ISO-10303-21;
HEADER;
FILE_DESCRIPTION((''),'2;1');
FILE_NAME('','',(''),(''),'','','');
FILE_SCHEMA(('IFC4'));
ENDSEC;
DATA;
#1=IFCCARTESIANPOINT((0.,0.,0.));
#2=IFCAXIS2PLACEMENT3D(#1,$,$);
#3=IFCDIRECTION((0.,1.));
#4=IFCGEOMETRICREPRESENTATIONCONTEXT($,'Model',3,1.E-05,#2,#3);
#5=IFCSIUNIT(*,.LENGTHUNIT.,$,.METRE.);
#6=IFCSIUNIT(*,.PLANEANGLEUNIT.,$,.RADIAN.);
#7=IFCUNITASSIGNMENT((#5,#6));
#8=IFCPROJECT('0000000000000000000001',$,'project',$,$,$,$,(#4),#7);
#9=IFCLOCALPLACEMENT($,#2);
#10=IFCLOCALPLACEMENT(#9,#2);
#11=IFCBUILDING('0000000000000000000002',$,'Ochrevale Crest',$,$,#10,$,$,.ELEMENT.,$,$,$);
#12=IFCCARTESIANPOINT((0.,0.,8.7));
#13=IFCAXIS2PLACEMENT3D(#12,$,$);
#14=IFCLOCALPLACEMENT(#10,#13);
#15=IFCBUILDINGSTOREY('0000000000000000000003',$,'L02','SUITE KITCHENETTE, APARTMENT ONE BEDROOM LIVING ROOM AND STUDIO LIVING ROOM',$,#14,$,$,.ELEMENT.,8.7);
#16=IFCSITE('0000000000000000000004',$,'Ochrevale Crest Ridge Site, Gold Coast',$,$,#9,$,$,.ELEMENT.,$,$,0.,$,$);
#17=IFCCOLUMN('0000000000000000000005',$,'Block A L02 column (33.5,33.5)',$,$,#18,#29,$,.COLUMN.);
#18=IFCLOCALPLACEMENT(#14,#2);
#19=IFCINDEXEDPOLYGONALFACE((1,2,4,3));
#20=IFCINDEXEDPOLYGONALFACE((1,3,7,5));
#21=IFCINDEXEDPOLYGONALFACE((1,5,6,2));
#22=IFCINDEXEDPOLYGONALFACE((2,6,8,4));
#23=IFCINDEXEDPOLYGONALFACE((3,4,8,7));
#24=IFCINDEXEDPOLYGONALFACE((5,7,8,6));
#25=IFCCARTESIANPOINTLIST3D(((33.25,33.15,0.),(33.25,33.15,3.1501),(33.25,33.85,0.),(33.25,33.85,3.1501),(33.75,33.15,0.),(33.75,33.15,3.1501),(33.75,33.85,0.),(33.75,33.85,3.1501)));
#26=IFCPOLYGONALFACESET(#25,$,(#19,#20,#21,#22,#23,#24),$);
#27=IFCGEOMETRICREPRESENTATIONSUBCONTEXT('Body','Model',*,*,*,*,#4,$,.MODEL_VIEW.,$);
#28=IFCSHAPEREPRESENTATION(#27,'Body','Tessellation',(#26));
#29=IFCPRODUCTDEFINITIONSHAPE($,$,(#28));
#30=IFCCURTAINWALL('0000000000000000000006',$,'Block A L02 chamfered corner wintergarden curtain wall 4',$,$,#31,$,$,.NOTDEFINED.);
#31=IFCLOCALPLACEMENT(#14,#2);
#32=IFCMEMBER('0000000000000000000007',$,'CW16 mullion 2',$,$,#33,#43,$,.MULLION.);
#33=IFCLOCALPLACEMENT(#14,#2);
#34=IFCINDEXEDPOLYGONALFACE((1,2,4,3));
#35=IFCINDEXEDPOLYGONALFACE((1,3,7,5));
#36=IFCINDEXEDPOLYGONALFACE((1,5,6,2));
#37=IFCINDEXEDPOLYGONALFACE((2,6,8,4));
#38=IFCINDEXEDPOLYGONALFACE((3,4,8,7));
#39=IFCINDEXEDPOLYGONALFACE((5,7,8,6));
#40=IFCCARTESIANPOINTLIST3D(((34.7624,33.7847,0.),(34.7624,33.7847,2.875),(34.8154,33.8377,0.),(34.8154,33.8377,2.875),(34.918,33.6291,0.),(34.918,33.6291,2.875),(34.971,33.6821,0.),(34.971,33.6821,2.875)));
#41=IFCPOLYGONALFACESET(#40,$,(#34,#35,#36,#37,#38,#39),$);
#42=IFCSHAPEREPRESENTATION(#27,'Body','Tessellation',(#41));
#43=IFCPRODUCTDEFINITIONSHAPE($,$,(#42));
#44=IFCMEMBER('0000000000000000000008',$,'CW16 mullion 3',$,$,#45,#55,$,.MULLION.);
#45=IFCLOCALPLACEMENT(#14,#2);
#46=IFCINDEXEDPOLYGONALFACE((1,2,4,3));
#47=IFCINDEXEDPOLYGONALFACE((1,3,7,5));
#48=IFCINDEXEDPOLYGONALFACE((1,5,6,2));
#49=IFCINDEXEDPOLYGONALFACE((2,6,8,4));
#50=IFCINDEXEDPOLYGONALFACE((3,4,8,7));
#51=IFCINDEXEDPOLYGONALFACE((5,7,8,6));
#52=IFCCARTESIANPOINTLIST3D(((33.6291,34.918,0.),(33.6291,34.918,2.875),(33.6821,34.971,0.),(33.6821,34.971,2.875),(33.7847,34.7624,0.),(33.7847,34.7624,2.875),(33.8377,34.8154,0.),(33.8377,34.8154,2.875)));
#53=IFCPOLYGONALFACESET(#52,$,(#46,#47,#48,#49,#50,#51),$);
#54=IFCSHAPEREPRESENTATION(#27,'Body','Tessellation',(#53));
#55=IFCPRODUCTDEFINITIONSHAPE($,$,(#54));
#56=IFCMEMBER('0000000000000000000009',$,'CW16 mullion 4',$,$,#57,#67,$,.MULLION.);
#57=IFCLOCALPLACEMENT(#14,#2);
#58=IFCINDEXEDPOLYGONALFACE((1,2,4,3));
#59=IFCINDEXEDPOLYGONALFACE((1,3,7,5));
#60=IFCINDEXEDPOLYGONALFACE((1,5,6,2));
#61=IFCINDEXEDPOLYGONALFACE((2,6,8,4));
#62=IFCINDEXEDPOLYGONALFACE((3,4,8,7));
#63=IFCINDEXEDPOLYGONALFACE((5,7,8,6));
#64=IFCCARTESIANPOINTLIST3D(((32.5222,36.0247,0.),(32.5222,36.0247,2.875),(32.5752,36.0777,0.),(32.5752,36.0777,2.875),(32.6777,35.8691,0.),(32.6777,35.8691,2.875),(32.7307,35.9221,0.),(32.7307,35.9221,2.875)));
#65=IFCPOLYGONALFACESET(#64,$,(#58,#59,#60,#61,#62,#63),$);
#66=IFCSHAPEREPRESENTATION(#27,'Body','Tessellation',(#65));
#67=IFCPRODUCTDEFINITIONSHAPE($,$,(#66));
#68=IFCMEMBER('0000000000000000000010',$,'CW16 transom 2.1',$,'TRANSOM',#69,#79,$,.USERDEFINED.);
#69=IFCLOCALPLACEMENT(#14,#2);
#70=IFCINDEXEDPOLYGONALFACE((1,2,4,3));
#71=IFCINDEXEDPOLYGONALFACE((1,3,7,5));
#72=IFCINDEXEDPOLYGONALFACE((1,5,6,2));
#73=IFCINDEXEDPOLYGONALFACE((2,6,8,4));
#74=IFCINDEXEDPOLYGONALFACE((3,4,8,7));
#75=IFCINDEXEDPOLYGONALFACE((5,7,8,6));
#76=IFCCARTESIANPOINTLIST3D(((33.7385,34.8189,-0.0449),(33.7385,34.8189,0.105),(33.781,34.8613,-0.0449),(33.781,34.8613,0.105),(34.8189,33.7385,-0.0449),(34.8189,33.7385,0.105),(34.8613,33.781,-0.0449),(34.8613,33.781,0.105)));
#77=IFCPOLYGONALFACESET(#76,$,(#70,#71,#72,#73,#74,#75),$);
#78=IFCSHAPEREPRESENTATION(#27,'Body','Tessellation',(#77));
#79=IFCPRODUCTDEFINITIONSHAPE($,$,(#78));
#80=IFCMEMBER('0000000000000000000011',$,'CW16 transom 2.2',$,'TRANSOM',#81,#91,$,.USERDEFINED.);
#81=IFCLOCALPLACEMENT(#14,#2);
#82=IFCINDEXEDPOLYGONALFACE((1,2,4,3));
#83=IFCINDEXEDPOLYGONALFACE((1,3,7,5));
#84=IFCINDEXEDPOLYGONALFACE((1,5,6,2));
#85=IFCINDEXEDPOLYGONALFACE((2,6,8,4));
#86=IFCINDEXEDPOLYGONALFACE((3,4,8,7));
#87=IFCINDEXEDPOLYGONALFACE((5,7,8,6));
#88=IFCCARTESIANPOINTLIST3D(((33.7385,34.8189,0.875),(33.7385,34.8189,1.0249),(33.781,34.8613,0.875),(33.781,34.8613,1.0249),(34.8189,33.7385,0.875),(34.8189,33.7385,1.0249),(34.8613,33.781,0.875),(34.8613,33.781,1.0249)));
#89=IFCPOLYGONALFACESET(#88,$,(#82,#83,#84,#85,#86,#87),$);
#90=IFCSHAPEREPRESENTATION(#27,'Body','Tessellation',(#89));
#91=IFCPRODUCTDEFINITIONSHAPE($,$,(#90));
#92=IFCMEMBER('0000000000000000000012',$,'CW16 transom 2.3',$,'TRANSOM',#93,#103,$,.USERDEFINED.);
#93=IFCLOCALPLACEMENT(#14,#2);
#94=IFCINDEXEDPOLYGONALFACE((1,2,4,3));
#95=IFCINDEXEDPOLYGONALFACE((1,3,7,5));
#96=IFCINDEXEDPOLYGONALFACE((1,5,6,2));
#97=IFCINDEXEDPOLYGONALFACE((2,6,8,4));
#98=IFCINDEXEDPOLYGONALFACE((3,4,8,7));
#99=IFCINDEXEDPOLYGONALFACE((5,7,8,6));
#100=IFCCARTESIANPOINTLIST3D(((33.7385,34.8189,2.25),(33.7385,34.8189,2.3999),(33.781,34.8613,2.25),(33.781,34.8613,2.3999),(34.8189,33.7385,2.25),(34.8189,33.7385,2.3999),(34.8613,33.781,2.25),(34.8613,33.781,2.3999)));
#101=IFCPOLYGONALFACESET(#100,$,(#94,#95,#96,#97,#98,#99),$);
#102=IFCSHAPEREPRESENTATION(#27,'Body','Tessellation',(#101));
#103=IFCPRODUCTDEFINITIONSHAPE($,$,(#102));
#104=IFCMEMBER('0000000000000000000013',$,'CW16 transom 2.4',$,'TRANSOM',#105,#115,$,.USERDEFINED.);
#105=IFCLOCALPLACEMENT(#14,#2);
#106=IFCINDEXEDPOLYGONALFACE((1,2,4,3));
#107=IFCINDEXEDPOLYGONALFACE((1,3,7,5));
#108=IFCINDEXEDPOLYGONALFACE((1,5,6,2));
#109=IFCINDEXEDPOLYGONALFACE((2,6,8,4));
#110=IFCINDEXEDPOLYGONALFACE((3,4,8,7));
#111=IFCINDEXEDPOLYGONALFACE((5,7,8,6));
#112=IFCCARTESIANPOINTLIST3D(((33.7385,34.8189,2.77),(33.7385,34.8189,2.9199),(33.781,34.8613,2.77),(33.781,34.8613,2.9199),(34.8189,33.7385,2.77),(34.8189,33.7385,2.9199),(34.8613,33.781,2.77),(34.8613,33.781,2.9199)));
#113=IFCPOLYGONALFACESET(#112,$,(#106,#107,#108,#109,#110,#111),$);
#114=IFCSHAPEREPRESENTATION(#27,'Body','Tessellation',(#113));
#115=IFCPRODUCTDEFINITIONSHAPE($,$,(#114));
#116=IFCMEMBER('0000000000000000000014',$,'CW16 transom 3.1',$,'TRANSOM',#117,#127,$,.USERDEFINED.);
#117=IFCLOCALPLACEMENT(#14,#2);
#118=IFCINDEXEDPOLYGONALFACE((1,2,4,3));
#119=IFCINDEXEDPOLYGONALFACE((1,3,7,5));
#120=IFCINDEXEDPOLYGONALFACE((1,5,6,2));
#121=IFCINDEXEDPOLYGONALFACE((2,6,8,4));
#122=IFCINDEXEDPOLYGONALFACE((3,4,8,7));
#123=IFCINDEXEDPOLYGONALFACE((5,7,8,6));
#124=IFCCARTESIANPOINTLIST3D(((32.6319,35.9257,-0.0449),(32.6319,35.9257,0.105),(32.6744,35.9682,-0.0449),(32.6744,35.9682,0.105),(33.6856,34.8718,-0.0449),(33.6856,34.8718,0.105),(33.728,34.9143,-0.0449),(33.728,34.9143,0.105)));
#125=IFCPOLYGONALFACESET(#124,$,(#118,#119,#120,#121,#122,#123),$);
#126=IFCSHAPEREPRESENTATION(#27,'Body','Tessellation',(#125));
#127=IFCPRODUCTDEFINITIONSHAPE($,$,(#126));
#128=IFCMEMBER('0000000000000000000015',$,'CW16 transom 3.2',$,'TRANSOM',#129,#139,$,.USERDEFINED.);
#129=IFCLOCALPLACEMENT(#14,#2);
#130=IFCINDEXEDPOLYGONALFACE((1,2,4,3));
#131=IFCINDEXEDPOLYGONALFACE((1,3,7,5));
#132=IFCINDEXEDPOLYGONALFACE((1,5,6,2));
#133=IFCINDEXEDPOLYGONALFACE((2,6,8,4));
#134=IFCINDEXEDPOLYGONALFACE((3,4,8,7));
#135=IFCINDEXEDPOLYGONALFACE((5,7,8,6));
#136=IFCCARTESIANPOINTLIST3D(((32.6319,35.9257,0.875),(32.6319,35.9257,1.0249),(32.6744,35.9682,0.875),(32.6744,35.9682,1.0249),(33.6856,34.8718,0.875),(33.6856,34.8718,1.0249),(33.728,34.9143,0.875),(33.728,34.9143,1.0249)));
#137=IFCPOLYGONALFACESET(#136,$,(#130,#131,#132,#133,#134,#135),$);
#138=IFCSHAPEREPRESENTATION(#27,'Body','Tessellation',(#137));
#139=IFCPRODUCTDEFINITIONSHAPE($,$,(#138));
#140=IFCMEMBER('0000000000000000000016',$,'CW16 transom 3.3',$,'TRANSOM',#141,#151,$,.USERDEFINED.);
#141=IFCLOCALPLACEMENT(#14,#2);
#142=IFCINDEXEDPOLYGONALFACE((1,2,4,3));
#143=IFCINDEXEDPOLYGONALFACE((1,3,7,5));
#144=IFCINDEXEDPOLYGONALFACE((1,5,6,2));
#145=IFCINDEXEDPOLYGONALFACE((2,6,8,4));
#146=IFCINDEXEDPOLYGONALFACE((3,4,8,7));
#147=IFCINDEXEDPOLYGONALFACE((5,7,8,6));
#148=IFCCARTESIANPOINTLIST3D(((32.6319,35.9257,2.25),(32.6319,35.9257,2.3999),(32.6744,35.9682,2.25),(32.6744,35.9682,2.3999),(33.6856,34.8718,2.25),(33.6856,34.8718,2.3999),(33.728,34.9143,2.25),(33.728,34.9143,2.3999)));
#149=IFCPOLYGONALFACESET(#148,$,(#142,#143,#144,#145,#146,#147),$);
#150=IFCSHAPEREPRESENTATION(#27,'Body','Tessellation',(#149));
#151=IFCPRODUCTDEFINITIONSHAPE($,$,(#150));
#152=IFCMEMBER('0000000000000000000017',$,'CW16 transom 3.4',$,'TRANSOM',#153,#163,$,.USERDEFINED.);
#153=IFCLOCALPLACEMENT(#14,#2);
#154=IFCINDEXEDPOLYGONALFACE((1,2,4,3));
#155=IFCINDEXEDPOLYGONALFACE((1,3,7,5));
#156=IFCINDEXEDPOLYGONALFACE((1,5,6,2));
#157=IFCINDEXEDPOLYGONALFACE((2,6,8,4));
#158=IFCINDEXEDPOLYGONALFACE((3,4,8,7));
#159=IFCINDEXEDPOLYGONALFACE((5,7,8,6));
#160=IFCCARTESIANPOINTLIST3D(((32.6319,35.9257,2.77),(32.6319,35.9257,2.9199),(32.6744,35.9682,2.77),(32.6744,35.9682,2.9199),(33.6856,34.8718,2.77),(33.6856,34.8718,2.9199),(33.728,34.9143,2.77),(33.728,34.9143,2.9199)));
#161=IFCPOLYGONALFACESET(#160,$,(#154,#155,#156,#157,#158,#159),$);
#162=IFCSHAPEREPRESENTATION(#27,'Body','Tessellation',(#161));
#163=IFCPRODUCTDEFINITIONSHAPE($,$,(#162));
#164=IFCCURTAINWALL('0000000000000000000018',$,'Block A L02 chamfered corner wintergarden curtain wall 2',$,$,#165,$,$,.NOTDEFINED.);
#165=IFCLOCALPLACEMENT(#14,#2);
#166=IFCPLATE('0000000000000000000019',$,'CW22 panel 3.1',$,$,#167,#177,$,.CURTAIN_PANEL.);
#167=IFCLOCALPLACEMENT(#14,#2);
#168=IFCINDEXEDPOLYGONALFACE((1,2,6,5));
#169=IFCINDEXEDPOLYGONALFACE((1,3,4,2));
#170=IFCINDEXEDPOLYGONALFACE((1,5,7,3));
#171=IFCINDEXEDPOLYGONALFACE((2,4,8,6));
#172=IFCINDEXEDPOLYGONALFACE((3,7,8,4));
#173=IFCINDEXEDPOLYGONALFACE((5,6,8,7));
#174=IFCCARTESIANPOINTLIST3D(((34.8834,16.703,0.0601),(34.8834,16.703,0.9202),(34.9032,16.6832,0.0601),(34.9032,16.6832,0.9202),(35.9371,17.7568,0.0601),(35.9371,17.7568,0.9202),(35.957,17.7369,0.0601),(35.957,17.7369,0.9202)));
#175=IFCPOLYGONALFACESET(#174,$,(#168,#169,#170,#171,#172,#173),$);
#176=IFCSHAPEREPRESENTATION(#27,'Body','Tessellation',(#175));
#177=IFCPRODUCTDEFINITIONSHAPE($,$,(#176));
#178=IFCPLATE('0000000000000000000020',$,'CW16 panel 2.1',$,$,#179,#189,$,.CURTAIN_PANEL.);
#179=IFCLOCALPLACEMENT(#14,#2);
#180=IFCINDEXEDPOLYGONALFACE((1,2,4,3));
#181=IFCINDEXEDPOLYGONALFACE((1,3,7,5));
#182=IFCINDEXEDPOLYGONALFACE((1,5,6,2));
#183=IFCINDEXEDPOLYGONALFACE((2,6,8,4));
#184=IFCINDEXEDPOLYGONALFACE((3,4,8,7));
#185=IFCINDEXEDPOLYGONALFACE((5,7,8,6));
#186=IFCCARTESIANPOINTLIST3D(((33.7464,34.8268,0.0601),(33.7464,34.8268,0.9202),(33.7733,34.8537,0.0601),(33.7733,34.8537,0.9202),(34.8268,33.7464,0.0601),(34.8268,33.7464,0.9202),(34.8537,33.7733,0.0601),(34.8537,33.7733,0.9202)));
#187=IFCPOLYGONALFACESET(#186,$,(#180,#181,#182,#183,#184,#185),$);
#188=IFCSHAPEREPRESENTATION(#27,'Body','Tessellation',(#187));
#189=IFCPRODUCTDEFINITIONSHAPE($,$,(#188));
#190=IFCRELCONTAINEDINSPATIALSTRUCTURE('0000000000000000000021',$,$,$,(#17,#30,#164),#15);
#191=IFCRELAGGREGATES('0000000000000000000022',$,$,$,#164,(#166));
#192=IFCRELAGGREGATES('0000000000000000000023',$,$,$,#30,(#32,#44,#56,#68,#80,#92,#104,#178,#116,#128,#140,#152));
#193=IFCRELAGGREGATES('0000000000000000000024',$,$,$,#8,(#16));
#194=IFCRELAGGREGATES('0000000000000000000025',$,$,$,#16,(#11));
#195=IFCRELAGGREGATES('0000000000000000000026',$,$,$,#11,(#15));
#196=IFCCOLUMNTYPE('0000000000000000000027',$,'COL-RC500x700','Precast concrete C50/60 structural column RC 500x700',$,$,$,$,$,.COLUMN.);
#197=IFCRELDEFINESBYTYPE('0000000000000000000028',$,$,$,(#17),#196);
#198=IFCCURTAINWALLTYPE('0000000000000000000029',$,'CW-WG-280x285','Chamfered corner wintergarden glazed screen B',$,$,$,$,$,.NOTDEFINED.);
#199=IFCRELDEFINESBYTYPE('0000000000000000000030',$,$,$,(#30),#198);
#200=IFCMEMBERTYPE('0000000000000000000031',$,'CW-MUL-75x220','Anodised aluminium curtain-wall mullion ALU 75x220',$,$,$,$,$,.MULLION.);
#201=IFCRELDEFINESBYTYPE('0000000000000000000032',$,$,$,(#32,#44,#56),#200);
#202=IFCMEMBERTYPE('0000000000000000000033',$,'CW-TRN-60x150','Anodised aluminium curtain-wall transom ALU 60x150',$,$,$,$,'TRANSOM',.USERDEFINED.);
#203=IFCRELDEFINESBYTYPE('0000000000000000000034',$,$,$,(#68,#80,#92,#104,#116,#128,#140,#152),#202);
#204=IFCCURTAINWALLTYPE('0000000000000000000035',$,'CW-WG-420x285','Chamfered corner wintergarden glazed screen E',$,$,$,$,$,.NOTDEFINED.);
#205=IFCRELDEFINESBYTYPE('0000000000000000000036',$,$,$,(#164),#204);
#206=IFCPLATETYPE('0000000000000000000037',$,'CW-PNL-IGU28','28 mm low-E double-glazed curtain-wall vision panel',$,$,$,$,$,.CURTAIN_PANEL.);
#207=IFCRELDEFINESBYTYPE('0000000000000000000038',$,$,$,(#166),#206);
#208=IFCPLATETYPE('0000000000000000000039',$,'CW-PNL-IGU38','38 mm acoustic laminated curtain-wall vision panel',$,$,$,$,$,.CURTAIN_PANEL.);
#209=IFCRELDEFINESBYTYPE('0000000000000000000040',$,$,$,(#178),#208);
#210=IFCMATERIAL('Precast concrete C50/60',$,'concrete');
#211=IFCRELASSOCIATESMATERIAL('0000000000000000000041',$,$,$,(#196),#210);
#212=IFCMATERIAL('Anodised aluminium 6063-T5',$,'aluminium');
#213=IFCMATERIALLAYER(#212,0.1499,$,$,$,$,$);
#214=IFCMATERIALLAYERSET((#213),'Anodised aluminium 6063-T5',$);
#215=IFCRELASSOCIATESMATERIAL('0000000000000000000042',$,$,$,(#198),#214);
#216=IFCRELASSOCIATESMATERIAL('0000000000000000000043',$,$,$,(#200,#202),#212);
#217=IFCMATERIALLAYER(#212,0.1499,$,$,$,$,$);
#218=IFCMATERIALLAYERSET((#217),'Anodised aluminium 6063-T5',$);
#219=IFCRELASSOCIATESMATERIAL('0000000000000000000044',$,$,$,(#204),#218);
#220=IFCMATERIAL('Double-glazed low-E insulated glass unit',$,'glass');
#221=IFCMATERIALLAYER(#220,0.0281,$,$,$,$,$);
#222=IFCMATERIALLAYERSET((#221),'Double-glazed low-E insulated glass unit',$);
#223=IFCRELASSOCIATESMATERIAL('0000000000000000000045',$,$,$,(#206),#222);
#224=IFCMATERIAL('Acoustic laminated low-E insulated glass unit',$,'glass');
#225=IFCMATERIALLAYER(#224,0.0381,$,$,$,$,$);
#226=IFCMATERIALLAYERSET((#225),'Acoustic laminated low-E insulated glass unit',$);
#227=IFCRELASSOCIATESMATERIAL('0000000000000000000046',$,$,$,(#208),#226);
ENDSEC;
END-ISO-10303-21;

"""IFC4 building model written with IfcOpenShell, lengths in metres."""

from ifc_helpers import new_model, si_unit, direction, frame, origin, origin_2d, place, context, subcontext, project, spatial, rectangle, extrude, material, layer, layer_set, material_profile, profile_set, type_object, element, aggregate, save


model = new_model("IFC4")

# Units and contexts
model_context = context("Model", 3, precision=1e-05, world=origin(), true_north=direction((0.0, 1.0)))
body_context = subcontext(model_context, "Body", "Model", "MODEL_VIEW")
ifc_project = project(units=[si_unit("LENGTHUNIT", "METRE"), si_unit("PLANEANGLEUNIT", "RADIAN")], contexts=[model_context])

# Site, building, storey
site_placement = place(None, origin())
site = spatial("IfcSite", under=ifc_project, at=site_placement, Name="Ochrevale Crest Ridge Site, Gold Coast", CompositionType="ELEMENT", RefElevation=0.0)
building_placement = place(site_placement, origin())
building = spatial("IfcBuilding", under=site, at=building_placement, Name="Ochrevale Crest", CompositionType="ELEMENT")
storey_placement = place(building_placement, frame((0.0, 0.0, 8.7)))
storey = spatial("IfcBuildingStorey", under=building, at=storey_placement, Name="L02", Description="SUITE KITCHENETTE, APARTMENT ONE BEDROOM LIVING ROOM AND STUDIO LIVING ROOM", CompositionType="ELEMENT", Elevation=8.7)

# Column
ifc_material_1 = material(Name="Precast concrete C50/60", Category="concrete")
ifc_material_profile_1 = material_profile(ifc_material_1, rectangle(XDim=0.5, YDim=0.7, at=origin_2d()), Name="RC 500x700")
ifc_profile_set_1 = profile_set([ifc_material_profile_1], Name="Precast concrete C50/60")
column_type = type_object("IfcColumnType", Name="COL-RC500x700", Description="Precast concrete C50/60 structural column RC 500x700", PredefinedType="COLUMN", material=ifc_profile_set_1)
column_placement = place(storey_placement, frame((33.5, 33.5, 0.0), z_axis=(0.0, 0.0, 1.0), x_axis=(1.0, 0.0, 0.0)))
element("IfcColumn", 1, at=column_placement, inside=storey, type_object=column_type, Name="Block A L02 column (33.5,33.5)", PredefinedType="COLUMN", context=body_context, shape_type="SweptSolid", body=[
    extrude(rectangle(XDim=0.5, YDim=0.7, at=origin_2d()), origin(), (0.0, 0.0, 1.0), 3.1501),
])

# Curtain wall, members
ifc_material_2 = material(Name="Anodised aluminium 6063-T5", Category="aluminium")
ifc_layer_1 = layer(ifc_material_2, 0.1499)
ifc_layer_set_1 = layer_set([ifc_layer_1], Name="Anodised aluminium 6063-T5")
curtain_wall_type_1 = type_object("IfcCurtainWallType", Name="CW-WG-280x285", Description="Chamfered corner wintergarden glazed screen B", PredefinedType="NOTDEFINED", material=ifc_layer_set_1)
curtain_wall_1_placement = place(storey_placement, origin())
curtain_wall_1 = element("IfcCurtainWall", 2, at=curtain_wall_1_placement, inside=storey, type_object=curtain_wall_type_1, Name="Block A L02 chamfered corner wintergarden curtain wall 4", PredefinedType="NOTDEFINED")
ifc_material_profile_2 = material_profile(ifc_material_2, rectangle(XDim=0.075, YDim=0.22, at=origin_2d()), Name="ALU 75x220")
ifc_profile_set_2 = profile_set([ifc_material_profile_2], Name="Anodised aluminium 6063-T5")
member_type_1 = type_object("IfcMemberType", Name="CW-MUL-75x220", Description="Anodised aluminium curtain-wall mullion ALU 75x220", PredefinedType="MULLION", material=ifc_profile_set_2)
member_1_placement = place(storey_placement, frame((34.8667, 33.7334, 0.0), z_axis=(0.0, 0.0, 1.0), x_axis=(-0.707107, -0.707107, 0.0)))
member_1 = element("IfcMember", 3, at=member_1_placement, type_object=member_type_1, Name="CW16 mullion 2", PredefinedType="MULLION", context=body_context, shape_type="SweptSolid", body=[
    extrude(rectangle(XDim=0.075, YDim=0.22, at=origin_2d()), origin(), (0.0, 0.0, 1.0), 2.875),
])
member_2_placement = place(storey_placement, frame((33.7334, 34.8667, 0.0), z_axis=(0.0, 0.0, 1.0), x_axis=(-0.707107, -0.707107, 0.0)))
member_2 = element("IfcMember", 4, at=member_2_placement, type_object=member_type_1, Name="CW16 mullion 3", PredefinedType="MULLION", context=body_context, shape_type="SweptSolid", body=[
    extrude(rectangle(XDim=0.075, YDim=0.22, at=origin_2d()), origin(), (0.0, 0.0, 1.0), 2.875),
])
member_3_placement = place(storey_placement, frame((32.6265, 35.9734, 0.0), z_axis=(0.0, 0.0, 1.0), x_axis=(-0.707107, -0.707107, 0.0)))
member_3 = element("IfcMember", 5, at=member_3_placement, type_object=member_type_1, Name="CW16 mullion 4", PredefinedType="MULLION", context=body_context, shape_type="SweptSolid", body=[
    extrude(rectangle(XDim=0.075, YDim=0.22, at=origin_2d()), origin(), (0.0, 0.0, 1.0), 2.875),
])
ifc_material_profile_3 = material_profile(ifc_material_2, rectangle(XDim=0.0601, YDim=0.1499, at=origin_2d()), Name="ALU 60x150")
ifc_profile_set_3 = profile_set([ifc_material_profile_3], Name="Anodised aluminium 6063-T5")
member_type_2 = type_object("IfcMemberType", Name="CW-TRN-60x150", Description="Anodised aluminium curtain-wall transom ALU 60x150", ElementType="TRANSOM", PredefinedType="USERDEFINED", material=ifc_profile_set_3)
member_4_placement = place(storey_placement, frame((34.8401, 33.7598, 0.03), z_axis=(-0.707107, 0.707107, 0.0), x_axis=(-0.707107, -0.707107, 0.0)))
member_4 = element("IfcMember", 6, at=member_4_placement, type_object=member_type_2, Name="CW16 transom 2.1", ObjectType="TRANSOM", PredefinedType="USERDEFINED", context=body_context, shape_type="SweptSolid", body=[
    extrude(rectangle(XDim=0.0601, YDim=0.1499, at=origin_2d()), origin(), (0.0, 0.0, 1.0), 1.5278),
])
member_5_placement = place(storey_placement, frame((34.8401, 33.7598, 0.95), z_axis=(-0.707107, 0.707107, 0.0), x_axis=(-0.707107, -0.707107, 0.0)))
member_5 = element("IfcMember", 7, at=member_5_placement, type_object=member_type_2, Name="CW16 transom 2.2", ObjectType="TRANSOM", PredefinedType="USERDEFINED", context=body_context, shape_type="SweptSolid", body=[
    extrude(rectangle(XDim=0.0601, YDim=0.1499, at=origin_2d()), origin(), (0.0, 0.0, 1.0), 1.5278),
])
member_6_placement = place(storey_placement, frame((34.8401, 33.7598, 2.325), z_axis=(-0.707107, 0.707107, 0.0), x_axis=(-0.707107, -0.707107, 0.0)))
member_6 = element("IfcMember", 8, at=member_6_placement, type_object=member_type_2, Name="CW16 transom 2.3", ObjectType="TRANSOM", PredefinedType="USERDEFINED", context=body_context, shape_type="SweptSolid", body=[
    extrude(rectangle(XDim=0.0601, YDim=0.1499, at=origin_2d()), origin(), (0.0, 0.0, 1.0), 1.5278),
])
member_7_placement = place(storey_placement, frame((34.8401, 33.7598, 2.845), z_axis=(-0.707107, 0.707107, 0.0), x_axis=(-0.707107, -0.707107, 0.0)))
member_7 = element("IfcMember", 9, at=member_7_placement, type_object=member_type_2, Name="CW16 transom 2.4", ObjectType="TRANSOM", PredefinedType="USERDEFINED", context=body_context, shape_type="SweptSolid", body=[
    extrude(rectangle(XDim=0.0601, YDim=0.1499, at=origin_2d()), origin(), (0.0, 0.0, 1.0), 1.5278),
])
member_8_placement = place(storey_placement, frame((33.7068, 34.8931, 0.03), z_axis=(-0.707025, 0.707189, 0.0), x_axis=(-0.707189, -0.707025, 0.0)))
member_8 = element("IfcMember", 10, at=member_8_placement, type_object=member_type_2, Name="CW16 transom 3.1", ObjectType="TRANSOM", PredefinedType="USERDEFINED", context=body_context, shape_type="SweptSolid", body=[
    extrude(rectangle(XDim=0.0601, YDim=0.1499, at=origin_2d()), origin(), (0.0, 0.0, 1.0), 1.4902),
])
member_9_placement = place(storey_placement, frame((33.7068, 34.8931, 0.95), z_axis=(-0.707025, 0.707189, 0.0), x_axis=(-0.707189, -0.707025, 0.0)))
member_9 = element("IfcMember", 11, at=member_9_placement, type_object=member_type_2, Name="CW16 transom 3.2", ObjectType="TRANSOM", PredefinedType="USERDEFINED", context=body_context, shape_type="SweptSolid", body=[
    extrude(rectangle(XDim=0.0601, YDim=0.1499, at=origin_2d()), origin(), (0.0, 0.0, 1.0), 1.4902),
])
member_10_placement = place(storey_placement, frame((33.7068, 34.8931, 2.325), z_axis=(-0.707025, 0.707189, 0.0), x_axis=(-0.707189, -0.707025, 0.0)))
member_10 = element("IfcMember", 12, at=member_10_placement, type_object=member_type_2, Name="CW16 transom 3.3", ObjectType="TRANSOM", PredefinedType="USERDEFINED", context=body_context, shape_type="SweptSolid", body=[
    extrude(rectangle(XDim=0.0601, YDim=0.1499, at=origin_2d()), origin(), (0.0, 0.0, 1.0), 1.4902),
])
member_11_placement = place(storey_placement, frame((33.7068, 34.8931, 2.845), z_axis=(-0.707025, 0.707189, 0.0), x_axis=(-0.707189, -0.707025, 0.0)))
member_11 = element("IfcMember", 13, at=member_11_placement, type_object=member_type_2, Name="CW16 transom 3.4", ObjectType="TRANSOM", PredefinedType="USERDEFINED", context=body_context, shape_type="SweptSolid", body=[
    extrude(rectangle(XDim=0.0601, YDim=0.1499, at=origin_2d()), origin(), (0.0, 0.0, 1.0), 1.4902),
])

# Curtain wall, plate
ifc_layer_2 = layer(ifc_material_2, 0.1499)
ifc_layer_set_2 = layer_set([ifc_layer_2], Name="Anodised aluminium 6063-T5")
curtain_wall_type_2 = type_object("IfcCurtainWallType", Name="CW-WG-420x285", Description="Chamfered corner wintergarden glazed screen E", PredefinedType="NOTDEFINED", material=ifc_layer_set_2)
curtain_wall_2_placement = place(storey_placement, origin())
curtain_wall_2 = element("IfcCurtainWall", 14, at=curtain_wall_2_placement, inside=storey, type_object=curtain_wall_type_2, Name="Block A L02 chamfered corner wintergarden curtain wall 2", PredefinedType="NOTDEFINED")
ifc_material_3 = material(Name="Double-glazed low-E insulated glass unit", Category="glass")
ifc_layer_3 = layer(ifc_material_3, 0.0281)
ifc_layer_set_3 = layer_set([ifc_layer_3], Name="Double-glazed low-E insulated glass unit")
plate_type_1 = type_object("IfcPlateType", Name="CW-PNL-IGU28", Description="28 mm low-E double-glazed curtain-wall vision panel", PredefinedType="CURTAIN_PANEL", material=ifc_layer_set_3)
plate_1_placement = place(storey_placement, frame((35.4202, 17.22, 0.0601), z_axis=(0.0, 0.0, 1.0), x_axis=(0.707107, 0.707107, 0.0)))
plate_1 = element("IfcPlate", 15, at=plate_1_placement, type_object=plate_type_1, Name="CW22 panel 3.1", PredefinedType="CURTAIN_PANEL", context=body_context, shape_type="SweptSolid", body=[
    extrude(rectangle(XDim=1.4902, YDim=0.0281, at=origin_2d()), origin(), (0.0, 0.0, 1.0), 0.8601),
])
aggregate(curtain_wall_2, [plate_1])

# Plate
ifc_material_4 = material(Name="Acoustic laminated low-E insulated glass unit", Category="glass")
ifc_layer_4 = layer(ifc_material_4, 0.0381)
ifc_layer_set_4 = layer_set([ifc_layer_4], Name="Acoustic laminated low-E insulated glass unit")
plate_type_2 = type_object("IfcPlateType", Name="CW-PNL-IGU38", Description="38 mm acoustic laminated curtain-wall vision panel", PredefinedType="CURTAIN_PANEL", material=ifc_layer_set_4)
plate_2_placement = place(storey_placement, frame((34.3, 34.3, 0.0601), z_axis=(0.0, 0.0, 1.0), x_axis=(-0.707107, 0.707107, 0.0)))
plate_2 = element("IfcPlate", 16, at=plate_2_placement, type_object=plate_type_2, Name="CW16 panel 2.1", PredefinedType="CURTAIN_PANEL", context=body_context, shape_type="SweptSolid", body=[
    extrude(rectangle(XDim=1.5278, YDim=0.0381, at=origin_2d()), origin(), (0.0, 0.0, 1.0), 0.8601),
])
aggregate(curtain_wall_1, [member_1, member_2, member_3, member_4, member_5, member_6, member_7, plate_2, member_8, member_9, member_10, member_11])

save(model, "model.ifc")
